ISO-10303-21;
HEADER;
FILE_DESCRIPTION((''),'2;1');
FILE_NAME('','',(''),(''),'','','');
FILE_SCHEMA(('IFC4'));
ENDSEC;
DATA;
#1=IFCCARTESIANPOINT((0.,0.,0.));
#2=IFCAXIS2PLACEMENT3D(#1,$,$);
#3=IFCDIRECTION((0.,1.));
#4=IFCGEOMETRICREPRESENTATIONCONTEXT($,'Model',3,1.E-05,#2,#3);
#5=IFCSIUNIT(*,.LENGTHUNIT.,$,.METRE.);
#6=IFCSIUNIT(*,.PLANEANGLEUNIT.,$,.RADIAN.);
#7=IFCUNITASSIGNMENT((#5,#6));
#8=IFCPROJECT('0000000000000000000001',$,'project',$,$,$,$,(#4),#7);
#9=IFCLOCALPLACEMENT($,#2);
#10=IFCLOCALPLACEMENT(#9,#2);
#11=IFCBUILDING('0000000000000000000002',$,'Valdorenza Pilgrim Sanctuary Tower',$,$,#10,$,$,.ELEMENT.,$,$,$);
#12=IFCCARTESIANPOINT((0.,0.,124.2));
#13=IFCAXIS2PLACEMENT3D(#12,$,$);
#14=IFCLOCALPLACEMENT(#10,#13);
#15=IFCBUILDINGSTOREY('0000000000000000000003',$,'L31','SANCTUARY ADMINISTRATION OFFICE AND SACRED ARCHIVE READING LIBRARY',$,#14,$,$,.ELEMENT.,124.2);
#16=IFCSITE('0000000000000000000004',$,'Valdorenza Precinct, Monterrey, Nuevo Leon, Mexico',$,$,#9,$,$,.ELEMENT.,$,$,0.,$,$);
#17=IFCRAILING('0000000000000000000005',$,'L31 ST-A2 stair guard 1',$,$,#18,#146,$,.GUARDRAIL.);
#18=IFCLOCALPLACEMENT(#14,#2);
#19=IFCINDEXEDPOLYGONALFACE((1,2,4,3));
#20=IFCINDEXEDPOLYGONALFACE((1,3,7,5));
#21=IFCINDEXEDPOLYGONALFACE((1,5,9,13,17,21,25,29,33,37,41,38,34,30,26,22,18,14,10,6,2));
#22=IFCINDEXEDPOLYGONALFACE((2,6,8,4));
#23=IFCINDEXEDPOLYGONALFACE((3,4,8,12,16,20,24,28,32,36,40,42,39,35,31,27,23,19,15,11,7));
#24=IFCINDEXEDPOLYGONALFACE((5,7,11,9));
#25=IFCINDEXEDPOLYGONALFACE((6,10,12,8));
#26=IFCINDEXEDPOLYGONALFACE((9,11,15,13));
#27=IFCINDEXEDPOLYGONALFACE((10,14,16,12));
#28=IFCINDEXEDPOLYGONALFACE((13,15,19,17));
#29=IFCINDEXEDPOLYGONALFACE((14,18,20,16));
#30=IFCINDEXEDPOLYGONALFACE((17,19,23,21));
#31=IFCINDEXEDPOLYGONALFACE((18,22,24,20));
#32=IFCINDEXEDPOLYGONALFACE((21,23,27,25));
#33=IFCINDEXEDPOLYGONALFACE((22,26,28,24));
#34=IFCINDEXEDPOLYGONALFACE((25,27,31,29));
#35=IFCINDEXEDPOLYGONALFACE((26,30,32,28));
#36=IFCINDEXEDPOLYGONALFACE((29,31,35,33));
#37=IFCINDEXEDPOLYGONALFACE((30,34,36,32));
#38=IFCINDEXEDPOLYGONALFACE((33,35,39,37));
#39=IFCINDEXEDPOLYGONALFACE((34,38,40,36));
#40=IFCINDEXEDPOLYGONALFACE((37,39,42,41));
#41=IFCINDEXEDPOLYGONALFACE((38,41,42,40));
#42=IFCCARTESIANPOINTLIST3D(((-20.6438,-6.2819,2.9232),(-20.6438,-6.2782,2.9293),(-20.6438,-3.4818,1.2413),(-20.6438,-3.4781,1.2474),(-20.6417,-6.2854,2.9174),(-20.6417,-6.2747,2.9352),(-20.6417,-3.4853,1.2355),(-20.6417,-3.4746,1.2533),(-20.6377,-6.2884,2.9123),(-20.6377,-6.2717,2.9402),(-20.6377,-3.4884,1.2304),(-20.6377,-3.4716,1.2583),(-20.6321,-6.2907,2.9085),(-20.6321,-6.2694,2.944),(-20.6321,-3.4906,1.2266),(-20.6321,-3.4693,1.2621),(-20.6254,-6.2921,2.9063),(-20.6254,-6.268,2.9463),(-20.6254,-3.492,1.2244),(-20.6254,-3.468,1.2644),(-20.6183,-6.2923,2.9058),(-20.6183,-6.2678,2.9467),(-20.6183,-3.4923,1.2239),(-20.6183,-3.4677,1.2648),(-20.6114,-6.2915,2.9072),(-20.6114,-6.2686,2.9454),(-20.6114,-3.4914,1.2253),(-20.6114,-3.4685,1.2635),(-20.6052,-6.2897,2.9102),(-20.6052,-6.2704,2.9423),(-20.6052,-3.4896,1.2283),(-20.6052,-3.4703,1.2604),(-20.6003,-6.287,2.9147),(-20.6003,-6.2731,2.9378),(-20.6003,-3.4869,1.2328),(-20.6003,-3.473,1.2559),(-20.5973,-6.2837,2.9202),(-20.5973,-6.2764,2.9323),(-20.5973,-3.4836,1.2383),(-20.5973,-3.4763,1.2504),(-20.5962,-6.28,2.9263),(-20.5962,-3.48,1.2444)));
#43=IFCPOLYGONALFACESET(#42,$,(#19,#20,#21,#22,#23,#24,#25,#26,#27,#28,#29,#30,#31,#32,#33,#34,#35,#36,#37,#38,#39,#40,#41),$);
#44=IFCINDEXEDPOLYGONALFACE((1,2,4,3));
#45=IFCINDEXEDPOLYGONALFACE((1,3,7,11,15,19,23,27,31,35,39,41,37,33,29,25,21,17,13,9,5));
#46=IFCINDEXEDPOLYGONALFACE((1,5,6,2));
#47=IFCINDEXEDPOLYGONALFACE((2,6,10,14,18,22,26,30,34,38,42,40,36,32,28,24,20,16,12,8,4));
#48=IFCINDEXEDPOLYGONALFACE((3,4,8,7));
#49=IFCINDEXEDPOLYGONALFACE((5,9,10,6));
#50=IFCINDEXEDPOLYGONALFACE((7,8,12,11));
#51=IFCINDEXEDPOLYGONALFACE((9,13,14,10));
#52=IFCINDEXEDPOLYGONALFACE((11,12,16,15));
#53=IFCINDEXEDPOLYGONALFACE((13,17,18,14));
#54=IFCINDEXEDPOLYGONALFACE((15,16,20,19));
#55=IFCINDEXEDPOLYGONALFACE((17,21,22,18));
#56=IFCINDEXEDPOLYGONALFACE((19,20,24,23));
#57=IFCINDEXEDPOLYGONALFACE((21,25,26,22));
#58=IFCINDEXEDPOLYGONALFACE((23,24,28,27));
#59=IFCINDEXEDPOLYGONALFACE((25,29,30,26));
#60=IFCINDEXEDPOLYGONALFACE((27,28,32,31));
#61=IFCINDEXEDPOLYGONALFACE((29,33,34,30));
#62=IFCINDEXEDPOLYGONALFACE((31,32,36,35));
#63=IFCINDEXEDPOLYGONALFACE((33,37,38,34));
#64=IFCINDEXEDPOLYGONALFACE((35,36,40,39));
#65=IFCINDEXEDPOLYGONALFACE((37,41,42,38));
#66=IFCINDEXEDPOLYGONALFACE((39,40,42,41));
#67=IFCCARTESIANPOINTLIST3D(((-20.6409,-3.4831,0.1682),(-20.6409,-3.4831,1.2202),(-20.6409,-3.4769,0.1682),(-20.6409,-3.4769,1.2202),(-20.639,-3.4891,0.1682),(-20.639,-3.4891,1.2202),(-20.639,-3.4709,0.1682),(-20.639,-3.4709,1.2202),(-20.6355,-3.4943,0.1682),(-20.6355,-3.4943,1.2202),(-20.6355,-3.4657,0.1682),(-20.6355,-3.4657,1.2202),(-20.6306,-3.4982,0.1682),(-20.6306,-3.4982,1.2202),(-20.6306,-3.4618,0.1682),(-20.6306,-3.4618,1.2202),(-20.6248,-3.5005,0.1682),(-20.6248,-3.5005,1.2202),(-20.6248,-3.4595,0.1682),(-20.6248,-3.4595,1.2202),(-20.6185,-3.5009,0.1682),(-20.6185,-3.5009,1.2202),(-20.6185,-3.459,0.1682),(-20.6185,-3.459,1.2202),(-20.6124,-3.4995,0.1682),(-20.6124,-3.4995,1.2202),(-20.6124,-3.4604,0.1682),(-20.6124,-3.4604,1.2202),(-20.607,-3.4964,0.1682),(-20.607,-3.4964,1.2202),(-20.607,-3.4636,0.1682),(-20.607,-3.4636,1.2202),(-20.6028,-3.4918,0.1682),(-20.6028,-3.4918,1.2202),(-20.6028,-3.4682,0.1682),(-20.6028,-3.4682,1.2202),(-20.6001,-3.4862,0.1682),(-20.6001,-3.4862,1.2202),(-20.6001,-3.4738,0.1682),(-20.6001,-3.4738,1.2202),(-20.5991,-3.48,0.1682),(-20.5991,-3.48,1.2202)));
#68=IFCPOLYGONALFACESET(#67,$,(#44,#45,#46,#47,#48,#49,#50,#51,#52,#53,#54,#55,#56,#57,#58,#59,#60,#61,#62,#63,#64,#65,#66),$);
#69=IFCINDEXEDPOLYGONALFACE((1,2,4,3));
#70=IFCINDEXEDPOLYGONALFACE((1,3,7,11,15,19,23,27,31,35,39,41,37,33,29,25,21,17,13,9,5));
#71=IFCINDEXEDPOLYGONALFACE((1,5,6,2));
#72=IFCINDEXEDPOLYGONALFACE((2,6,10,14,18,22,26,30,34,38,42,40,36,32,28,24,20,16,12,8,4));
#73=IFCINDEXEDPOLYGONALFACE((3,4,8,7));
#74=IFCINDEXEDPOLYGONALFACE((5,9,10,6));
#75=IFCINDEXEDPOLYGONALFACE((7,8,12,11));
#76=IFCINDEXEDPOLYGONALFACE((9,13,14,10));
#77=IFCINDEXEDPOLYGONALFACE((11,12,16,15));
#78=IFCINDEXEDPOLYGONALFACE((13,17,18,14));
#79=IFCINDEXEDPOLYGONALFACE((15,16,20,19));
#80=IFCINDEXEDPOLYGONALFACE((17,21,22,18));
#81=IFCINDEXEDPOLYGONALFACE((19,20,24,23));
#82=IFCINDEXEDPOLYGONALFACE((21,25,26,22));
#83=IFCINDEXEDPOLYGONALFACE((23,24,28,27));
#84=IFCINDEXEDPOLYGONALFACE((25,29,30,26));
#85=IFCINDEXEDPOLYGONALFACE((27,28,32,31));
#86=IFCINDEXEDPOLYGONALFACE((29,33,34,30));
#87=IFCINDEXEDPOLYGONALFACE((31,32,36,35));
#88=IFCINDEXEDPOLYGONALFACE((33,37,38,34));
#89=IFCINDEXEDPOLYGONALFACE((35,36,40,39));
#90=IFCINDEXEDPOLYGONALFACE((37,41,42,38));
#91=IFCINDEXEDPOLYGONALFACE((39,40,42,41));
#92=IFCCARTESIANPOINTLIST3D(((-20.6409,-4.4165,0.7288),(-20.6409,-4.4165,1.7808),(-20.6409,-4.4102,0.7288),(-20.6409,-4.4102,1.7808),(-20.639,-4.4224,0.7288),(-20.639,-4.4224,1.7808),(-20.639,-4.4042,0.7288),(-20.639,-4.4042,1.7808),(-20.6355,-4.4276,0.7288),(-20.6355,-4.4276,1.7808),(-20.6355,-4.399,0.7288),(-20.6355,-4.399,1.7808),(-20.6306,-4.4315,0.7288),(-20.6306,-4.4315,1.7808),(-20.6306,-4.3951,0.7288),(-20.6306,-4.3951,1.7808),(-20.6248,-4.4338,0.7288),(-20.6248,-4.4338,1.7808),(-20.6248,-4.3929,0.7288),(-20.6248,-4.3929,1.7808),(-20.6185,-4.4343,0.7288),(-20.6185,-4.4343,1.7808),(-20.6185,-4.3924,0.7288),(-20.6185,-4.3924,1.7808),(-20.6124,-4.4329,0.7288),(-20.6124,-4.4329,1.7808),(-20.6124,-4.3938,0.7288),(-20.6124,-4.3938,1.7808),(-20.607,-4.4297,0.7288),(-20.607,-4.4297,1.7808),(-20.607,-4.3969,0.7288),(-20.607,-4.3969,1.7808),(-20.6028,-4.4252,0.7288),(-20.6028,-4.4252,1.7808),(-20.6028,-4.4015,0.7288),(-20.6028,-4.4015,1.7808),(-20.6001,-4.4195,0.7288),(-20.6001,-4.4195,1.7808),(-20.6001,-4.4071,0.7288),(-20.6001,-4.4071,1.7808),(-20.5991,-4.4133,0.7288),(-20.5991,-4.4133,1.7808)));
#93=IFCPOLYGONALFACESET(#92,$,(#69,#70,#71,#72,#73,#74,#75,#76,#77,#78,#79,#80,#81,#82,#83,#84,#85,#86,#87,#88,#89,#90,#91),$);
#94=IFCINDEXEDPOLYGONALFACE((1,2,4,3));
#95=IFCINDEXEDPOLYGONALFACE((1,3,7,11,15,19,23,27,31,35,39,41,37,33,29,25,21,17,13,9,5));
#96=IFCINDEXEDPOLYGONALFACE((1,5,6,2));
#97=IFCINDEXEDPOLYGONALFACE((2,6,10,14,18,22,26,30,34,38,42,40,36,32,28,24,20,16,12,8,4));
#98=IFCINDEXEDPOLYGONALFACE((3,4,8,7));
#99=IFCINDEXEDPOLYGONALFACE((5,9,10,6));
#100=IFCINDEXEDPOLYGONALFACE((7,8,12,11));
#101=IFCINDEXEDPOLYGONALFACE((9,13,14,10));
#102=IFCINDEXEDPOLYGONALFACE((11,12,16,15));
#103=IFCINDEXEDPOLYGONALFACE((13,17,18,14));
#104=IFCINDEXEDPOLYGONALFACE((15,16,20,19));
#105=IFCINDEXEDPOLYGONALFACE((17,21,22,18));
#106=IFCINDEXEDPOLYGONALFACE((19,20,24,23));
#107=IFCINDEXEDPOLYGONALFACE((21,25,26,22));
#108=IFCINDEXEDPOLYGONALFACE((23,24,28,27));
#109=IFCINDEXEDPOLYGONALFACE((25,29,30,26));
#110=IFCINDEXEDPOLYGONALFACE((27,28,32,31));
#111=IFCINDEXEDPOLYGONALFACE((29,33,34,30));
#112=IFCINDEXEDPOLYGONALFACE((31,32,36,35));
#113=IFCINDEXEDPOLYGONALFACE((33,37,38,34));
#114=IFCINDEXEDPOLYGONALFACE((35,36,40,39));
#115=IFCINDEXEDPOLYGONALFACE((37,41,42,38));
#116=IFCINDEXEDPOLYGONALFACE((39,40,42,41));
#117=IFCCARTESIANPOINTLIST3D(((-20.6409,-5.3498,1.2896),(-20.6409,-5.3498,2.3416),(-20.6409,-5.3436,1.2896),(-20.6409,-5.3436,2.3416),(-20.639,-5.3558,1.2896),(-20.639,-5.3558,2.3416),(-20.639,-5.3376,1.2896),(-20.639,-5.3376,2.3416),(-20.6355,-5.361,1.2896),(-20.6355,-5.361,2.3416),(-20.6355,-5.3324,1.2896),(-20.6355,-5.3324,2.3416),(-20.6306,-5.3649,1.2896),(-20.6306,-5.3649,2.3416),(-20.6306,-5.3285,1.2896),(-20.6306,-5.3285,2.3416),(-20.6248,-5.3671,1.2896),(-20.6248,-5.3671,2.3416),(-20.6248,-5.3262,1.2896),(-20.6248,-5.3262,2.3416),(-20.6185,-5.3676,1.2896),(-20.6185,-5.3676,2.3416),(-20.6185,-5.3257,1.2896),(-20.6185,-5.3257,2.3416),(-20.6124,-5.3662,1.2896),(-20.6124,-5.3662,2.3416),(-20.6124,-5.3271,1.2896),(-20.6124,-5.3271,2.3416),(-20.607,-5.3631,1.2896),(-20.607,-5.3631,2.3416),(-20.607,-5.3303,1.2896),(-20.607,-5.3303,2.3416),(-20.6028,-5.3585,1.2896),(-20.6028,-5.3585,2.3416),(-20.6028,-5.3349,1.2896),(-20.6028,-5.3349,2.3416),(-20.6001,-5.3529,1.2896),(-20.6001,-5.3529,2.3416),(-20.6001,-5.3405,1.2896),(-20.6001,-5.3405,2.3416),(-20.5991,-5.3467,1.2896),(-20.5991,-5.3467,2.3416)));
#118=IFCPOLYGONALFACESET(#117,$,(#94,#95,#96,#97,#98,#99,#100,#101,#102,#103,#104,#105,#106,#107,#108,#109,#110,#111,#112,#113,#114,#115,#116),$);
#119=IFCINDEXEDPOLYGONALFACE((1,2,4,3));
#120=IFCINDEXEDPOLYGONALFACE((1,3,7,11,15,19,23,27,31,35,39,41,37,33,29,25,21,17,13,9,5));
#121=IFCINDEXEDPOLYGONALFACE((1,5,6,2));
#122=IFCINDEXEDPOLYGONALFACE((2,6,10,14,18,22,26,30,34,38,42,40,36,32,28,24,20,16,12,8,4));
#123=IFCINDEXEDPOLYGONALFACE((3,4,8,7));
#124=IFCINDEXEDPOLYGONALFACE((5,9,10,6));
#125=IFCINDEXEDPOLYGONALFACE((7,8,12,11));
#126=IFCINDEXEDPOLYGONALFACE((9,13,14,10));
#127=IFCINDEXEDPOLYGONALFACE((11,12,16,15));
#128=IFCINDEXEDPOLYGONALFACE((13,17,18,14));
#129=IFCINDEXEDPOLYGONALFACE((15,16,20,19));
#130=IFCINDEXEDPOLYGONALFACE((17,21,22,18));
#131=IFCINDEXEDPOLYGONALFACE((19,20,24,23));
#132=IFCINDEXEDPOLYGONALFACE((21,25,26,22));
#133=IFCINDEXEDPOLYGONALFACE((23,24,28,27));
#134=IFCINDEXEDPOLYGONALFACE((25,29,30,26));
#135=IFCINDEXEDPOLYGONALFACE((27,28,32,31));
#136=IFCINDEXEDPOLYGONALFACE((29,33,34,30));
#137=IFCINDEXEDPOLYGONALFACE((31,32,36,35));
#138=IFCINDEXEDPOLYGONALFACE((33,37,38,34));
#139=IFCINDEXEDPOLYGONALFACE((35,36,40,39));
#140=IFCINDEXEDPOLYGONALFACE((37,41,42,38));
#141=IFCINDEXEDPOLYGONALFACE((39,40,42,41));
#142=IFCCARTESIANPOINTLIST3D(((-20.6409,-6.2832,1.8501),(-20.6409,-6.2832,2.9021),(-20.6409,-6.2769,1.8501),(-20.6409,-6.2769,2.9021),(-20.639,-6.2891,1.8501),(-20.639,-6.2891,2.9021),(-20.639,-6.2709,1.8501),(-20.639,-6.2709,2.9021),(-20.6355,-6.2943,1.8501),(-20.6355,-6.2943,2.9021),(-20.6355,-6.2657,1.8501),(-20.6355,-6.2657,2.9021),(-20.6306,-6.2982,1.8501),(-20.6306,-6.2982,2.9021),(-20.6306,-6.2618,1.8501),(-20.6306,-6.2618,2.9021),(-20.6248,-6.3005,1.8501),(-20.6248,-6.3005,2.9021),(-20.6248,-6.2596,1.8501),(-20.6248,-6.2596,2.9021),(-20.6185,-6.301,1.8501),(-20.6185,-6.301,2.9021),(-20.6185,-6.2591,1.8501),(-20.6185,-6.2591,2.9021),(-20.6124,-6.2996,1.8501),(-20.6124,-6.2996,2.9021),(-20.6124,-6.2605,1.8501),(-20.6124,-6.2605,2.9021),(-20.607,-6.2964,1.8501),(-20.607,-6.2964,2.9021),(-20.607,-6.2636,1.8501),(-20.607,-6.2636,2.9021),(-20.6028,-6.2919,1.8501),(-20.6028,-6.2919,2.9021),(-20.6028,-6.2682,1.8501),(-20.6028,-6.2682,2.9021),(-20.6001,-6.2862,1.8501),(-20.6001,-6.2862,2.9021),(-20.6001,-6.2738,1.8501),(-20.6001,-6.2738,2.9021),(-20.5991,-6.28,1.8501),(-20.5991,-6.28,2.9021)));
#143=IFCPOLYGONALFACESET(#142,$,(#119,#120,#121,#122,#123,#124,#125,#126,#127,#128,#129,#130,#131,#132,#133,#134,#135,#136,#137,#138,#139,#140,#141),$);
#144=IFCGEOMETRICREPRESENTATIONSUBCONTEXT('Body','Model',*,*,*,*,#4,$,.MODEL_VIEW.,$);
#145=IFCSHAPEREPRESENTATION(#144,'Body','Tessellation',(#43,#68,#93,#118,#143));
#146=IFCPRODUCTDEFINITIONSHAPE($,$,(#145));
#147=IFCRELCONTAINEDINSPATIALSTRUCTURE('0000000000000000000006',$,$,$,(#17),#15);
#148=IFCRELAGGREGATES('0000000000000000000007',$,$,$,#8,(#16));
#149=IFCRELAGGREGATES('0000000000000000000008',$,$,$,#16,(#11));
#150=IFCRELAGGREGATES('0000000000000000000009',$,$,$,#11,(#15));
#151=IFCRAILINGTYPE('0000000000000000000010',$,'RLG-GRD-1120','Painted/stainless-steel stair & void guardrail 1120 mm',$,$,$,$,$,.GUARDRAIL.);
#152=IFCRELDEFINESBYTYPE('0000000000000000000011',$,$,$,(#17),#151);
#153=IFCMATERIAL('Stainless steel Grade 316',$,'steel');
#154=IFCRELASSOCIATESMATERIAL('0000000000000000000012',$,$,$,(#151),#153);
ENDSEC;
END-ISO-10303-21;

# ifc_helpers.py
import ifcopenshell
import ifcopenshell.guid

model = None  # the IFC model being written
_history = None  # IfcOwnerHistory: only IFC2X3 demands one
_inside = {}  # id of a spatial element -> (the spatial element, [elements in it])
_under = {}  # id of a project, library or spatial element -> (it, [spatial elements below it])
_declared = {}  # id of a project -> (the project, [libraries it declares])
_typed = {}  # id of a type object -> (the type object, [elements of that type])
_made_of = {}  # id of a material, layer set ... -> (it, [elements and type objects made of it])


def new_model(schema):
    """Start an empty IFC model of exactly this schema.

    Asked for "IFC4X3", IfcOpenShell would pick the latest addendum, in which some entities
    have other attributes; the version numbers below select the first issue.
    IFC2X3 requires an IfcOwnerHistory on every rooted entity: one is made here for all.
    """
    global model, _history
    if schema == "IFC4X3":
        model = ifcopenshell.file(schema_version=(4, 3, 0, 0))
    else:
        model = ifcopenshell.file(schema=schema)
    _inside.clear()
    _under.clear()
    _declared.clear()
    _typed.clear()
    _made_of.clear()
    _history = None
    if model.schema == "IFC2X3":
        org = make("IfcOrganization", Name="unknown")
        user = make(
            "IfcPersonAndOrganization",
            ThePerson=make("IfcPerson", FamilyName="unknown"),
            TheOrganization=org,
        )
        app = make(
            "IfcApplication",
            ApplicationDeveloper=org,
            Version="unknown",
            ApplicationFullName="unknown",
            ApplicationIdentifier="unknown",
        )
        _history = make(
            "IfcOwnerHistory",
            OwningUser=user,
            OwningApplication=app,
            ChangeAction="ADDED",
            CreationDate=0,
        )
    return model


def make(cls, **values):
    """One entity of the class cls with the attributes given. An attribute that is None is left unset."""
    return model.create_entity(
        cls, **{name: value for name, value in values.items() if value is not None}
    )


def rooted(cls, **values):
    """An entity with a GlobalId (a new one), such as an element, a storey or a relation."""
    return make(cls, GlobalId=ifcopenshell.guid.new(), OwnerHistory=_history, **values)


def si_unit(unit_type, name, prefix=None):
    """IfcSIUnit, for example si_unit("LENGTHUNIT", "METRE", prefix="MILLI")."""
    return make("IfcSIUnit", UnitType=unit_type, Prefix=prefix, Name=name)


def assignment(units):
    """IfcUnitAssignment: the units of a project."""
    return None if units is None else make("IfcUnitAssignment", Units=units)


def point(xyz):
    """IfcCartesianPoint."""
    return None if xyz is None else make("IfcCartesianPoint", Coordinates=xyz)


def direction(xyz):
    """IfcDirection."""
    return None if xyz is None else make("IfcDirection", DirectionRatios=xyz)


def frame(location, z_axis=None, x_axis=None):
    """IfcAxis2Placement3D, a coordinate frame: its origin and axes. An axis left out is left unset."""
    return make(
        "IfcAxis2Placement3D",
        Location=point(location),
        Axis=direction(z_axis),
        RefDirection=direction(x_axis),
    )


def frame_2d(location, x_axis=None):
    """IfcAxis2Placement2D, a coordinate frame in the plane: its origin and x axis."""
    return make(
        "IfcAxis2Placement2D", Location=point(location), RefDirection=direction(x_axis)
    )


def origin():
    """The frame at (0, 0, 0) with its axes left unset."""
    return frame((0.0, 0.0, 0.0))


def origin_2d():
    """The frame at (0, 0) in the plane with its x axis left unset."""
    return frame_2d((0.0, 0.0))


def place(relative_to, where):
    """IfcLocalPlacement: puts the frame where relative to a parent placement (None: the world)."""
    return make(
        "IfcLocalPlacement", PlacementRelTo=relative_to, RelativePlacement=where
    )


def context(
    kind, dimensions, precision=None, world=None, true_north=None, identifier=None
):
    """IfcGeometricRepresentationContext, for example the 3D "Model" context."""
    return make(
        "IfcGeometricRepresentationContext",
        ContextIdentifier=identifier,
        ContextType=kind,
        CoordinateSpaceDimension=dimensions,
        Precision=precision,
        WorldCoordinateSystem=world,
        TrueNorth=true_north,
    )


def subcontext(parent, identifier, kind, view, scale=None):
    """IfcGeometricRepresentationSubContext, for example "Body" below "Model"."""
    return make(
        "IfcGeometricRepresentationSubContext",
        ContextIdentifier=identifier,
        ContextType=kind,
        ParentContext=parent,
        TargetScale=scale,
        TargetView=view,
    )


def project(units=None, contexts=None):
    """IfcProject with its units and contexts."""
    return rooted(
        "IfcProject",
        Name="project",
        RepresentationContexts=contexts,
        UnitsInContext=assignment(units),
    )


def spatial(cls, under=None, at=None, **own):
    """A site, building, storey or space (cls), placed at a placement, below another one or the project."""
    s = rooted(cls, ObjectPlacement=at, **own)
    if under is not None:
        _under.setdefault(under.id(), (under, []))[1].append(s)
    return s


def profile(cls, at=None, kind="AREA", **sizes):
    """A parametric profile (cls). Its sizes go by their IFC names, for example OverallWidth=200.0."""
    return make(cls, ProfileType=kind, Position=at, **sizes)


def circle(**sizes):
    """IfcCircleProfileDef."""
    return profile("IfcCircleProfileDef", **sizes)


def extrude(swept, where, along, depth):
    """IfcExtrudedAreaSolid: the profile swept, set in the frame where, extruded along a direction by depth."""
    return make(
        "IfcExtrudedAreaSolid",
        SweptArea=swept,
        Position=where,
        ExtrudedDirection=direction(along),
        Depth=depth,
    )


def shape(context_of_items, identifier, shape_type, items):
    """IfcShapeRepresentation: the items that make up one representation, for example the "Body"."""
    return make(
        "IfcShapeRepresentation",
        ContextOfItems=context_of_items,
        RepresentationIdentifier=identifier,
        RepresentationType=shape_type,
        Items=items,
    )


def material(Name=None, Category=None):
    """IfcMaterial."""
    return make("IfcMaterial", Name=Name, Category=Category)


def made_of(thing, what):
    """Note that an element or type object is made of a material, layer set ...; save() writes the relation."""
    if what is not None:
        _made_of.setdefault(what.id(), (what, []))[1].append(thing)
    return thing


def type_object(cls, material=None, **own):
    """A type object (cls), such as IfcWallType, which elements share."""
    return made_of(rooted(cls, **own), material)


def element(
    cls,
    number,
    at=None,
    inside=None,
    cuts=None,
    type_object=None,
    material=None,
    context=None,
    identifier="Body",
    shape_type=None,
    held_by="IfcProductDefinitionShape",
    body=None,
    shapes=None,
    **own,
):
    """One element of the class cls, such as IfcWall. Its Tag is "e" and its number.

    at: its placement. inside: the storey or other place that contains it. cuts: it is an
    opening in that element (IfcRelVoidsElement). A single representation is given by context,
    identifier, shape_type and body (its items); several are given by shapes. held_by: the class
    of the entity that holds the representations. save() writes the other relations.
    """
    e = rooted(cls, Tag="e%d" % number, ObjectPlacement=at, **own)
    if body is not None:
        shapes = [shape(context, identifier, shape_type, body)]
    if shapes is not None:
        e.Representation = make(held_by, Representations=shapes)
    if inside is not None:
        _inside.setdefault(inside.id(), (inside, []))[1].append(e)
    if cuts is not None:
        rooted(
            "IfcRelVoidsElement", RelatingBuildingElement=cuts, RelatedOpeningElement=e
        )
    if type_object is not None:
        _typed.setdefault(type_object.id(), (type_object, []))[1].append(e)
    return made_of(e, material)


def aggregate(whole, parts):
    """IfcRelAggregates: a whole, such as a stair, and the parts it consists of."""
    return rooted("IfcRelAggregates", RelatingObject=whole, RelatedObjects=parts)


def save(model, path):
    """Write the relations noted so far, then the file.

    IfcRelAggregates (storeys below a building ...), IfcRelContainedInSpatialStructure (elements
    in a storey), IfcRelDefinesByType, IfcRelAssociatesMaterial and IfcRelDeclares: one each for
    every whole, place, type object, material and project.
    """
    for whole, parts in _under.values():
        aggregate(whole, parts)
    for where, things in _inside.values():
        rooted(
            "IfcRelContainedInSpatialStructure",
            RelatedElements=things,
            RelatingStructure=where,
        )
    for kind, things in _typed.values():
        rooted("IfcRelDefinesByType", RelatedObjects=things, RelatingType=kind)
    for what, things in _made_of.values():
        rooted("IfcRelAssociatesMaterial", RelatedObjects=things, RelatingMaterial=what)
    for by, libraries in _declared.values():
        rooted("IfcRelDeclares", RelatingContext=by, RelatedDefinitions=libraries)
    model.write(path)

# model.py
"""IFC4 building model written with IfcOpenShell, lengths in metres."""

from ifc_helpers import new_model, si_unit, direction, frame, origin, origin_2d, place, context, subcontext, project, spatial, circle, extrude, material, type_object, element, save


model = new_model("IFC4")

# Units and contexts
model_context = context("Model", 3, precision=1e-05, world=origin(), true_north=direction((0.0, 1.0)))
body_context = subcontext(model_context, "Body", "Model", "MODEL_VIEW")
ifc_project = project(units=[si_unit("LENGTHUNIT", "METRE"), si_unit("PLANEANGLEUNIT", "RADIAN")], contexts=[model_context])

# Site, building, storey
site_placement = place(None, origin())
site = spatial("IfcSite", under=ifc_project, at=site_placement, Name="Valdorenza Precinct, Monterrey, Nuevo Leon, Mexico", CompositionType="ELEMENT", RefElevation=0.0)
building_placement = place(site_placement, origin())
building = spatial("IfcBuilding", under=site, at=building_placement, Name="Valdorenza Pilgrim Sanctuary Tower", CompositionType="ELEMENT")
storey_placement = place(building_placement, frame((0.0, 0.0, 124.2)))
storey = spatial("IfcBuildingStorey", under=building, at=storey_placement, Name="L31", Description="SANCTUARY ADMINISTRATION OFFICE AND SACRED ARCHIVE READING LIBRARY", CompositionType="ELEMENT", Elevation=124.2)

# Railing
ifc_material_1 = material(Name="Stainless steel Grade 316", Category="steel")
railing_type_1 = type_object("IfcRailingType", Name="RLG-GRD-1120", Description="Painted/stainless-steel stair & void guardrail 1120 mm", PredefinedType="GUARDRAIL", material=ifc_material_1)
railing_1_placement = place(storey_placement, frame((-20.6201, -3.48, 0.1682)))
element("IfcRailing", 1, at=railing_1_placement, inside=storey, type_object=railing_type_1, Name="L31 ST-A2 stair guard 1", PredefinedType="GUARDRAIL", context=body_context, shape_type="SweptSolid", body=[
    extrude(circle(Radius=0.0239, at=origin_2d()), frame((0.0, 0.0, 1.0762), z_axis=(0.0, -0.857242, 0.514913), x_axis=(1.0, 0.0, 0.0)), (0.0, 0.0, 1.0), 3.2664),
    extrude(circle(Radius=0.021, at=origin_2d()), origin(), (0.0, 0.0, 1.0), 1.052),
    extrude(circle(Radius=0.021, at=origin_2d()), frame((0.0, -0.9333, 0.5605)), (0.0, 0.0, 1.0), 1.052),
    extrude(circle(Radius=0.021, at=origin_2d()), frame((0.0, -1.8667, 1.1213)), (0.0, 0.0, 1.0), 1.052),
    extrude(circle(Radius=0.021, at=origin_2d()), frame((0.0, -2.8, 1.6819)), (0.0, 0.0, 1.0), 1.052),
])

save(model, "model.ifc")
